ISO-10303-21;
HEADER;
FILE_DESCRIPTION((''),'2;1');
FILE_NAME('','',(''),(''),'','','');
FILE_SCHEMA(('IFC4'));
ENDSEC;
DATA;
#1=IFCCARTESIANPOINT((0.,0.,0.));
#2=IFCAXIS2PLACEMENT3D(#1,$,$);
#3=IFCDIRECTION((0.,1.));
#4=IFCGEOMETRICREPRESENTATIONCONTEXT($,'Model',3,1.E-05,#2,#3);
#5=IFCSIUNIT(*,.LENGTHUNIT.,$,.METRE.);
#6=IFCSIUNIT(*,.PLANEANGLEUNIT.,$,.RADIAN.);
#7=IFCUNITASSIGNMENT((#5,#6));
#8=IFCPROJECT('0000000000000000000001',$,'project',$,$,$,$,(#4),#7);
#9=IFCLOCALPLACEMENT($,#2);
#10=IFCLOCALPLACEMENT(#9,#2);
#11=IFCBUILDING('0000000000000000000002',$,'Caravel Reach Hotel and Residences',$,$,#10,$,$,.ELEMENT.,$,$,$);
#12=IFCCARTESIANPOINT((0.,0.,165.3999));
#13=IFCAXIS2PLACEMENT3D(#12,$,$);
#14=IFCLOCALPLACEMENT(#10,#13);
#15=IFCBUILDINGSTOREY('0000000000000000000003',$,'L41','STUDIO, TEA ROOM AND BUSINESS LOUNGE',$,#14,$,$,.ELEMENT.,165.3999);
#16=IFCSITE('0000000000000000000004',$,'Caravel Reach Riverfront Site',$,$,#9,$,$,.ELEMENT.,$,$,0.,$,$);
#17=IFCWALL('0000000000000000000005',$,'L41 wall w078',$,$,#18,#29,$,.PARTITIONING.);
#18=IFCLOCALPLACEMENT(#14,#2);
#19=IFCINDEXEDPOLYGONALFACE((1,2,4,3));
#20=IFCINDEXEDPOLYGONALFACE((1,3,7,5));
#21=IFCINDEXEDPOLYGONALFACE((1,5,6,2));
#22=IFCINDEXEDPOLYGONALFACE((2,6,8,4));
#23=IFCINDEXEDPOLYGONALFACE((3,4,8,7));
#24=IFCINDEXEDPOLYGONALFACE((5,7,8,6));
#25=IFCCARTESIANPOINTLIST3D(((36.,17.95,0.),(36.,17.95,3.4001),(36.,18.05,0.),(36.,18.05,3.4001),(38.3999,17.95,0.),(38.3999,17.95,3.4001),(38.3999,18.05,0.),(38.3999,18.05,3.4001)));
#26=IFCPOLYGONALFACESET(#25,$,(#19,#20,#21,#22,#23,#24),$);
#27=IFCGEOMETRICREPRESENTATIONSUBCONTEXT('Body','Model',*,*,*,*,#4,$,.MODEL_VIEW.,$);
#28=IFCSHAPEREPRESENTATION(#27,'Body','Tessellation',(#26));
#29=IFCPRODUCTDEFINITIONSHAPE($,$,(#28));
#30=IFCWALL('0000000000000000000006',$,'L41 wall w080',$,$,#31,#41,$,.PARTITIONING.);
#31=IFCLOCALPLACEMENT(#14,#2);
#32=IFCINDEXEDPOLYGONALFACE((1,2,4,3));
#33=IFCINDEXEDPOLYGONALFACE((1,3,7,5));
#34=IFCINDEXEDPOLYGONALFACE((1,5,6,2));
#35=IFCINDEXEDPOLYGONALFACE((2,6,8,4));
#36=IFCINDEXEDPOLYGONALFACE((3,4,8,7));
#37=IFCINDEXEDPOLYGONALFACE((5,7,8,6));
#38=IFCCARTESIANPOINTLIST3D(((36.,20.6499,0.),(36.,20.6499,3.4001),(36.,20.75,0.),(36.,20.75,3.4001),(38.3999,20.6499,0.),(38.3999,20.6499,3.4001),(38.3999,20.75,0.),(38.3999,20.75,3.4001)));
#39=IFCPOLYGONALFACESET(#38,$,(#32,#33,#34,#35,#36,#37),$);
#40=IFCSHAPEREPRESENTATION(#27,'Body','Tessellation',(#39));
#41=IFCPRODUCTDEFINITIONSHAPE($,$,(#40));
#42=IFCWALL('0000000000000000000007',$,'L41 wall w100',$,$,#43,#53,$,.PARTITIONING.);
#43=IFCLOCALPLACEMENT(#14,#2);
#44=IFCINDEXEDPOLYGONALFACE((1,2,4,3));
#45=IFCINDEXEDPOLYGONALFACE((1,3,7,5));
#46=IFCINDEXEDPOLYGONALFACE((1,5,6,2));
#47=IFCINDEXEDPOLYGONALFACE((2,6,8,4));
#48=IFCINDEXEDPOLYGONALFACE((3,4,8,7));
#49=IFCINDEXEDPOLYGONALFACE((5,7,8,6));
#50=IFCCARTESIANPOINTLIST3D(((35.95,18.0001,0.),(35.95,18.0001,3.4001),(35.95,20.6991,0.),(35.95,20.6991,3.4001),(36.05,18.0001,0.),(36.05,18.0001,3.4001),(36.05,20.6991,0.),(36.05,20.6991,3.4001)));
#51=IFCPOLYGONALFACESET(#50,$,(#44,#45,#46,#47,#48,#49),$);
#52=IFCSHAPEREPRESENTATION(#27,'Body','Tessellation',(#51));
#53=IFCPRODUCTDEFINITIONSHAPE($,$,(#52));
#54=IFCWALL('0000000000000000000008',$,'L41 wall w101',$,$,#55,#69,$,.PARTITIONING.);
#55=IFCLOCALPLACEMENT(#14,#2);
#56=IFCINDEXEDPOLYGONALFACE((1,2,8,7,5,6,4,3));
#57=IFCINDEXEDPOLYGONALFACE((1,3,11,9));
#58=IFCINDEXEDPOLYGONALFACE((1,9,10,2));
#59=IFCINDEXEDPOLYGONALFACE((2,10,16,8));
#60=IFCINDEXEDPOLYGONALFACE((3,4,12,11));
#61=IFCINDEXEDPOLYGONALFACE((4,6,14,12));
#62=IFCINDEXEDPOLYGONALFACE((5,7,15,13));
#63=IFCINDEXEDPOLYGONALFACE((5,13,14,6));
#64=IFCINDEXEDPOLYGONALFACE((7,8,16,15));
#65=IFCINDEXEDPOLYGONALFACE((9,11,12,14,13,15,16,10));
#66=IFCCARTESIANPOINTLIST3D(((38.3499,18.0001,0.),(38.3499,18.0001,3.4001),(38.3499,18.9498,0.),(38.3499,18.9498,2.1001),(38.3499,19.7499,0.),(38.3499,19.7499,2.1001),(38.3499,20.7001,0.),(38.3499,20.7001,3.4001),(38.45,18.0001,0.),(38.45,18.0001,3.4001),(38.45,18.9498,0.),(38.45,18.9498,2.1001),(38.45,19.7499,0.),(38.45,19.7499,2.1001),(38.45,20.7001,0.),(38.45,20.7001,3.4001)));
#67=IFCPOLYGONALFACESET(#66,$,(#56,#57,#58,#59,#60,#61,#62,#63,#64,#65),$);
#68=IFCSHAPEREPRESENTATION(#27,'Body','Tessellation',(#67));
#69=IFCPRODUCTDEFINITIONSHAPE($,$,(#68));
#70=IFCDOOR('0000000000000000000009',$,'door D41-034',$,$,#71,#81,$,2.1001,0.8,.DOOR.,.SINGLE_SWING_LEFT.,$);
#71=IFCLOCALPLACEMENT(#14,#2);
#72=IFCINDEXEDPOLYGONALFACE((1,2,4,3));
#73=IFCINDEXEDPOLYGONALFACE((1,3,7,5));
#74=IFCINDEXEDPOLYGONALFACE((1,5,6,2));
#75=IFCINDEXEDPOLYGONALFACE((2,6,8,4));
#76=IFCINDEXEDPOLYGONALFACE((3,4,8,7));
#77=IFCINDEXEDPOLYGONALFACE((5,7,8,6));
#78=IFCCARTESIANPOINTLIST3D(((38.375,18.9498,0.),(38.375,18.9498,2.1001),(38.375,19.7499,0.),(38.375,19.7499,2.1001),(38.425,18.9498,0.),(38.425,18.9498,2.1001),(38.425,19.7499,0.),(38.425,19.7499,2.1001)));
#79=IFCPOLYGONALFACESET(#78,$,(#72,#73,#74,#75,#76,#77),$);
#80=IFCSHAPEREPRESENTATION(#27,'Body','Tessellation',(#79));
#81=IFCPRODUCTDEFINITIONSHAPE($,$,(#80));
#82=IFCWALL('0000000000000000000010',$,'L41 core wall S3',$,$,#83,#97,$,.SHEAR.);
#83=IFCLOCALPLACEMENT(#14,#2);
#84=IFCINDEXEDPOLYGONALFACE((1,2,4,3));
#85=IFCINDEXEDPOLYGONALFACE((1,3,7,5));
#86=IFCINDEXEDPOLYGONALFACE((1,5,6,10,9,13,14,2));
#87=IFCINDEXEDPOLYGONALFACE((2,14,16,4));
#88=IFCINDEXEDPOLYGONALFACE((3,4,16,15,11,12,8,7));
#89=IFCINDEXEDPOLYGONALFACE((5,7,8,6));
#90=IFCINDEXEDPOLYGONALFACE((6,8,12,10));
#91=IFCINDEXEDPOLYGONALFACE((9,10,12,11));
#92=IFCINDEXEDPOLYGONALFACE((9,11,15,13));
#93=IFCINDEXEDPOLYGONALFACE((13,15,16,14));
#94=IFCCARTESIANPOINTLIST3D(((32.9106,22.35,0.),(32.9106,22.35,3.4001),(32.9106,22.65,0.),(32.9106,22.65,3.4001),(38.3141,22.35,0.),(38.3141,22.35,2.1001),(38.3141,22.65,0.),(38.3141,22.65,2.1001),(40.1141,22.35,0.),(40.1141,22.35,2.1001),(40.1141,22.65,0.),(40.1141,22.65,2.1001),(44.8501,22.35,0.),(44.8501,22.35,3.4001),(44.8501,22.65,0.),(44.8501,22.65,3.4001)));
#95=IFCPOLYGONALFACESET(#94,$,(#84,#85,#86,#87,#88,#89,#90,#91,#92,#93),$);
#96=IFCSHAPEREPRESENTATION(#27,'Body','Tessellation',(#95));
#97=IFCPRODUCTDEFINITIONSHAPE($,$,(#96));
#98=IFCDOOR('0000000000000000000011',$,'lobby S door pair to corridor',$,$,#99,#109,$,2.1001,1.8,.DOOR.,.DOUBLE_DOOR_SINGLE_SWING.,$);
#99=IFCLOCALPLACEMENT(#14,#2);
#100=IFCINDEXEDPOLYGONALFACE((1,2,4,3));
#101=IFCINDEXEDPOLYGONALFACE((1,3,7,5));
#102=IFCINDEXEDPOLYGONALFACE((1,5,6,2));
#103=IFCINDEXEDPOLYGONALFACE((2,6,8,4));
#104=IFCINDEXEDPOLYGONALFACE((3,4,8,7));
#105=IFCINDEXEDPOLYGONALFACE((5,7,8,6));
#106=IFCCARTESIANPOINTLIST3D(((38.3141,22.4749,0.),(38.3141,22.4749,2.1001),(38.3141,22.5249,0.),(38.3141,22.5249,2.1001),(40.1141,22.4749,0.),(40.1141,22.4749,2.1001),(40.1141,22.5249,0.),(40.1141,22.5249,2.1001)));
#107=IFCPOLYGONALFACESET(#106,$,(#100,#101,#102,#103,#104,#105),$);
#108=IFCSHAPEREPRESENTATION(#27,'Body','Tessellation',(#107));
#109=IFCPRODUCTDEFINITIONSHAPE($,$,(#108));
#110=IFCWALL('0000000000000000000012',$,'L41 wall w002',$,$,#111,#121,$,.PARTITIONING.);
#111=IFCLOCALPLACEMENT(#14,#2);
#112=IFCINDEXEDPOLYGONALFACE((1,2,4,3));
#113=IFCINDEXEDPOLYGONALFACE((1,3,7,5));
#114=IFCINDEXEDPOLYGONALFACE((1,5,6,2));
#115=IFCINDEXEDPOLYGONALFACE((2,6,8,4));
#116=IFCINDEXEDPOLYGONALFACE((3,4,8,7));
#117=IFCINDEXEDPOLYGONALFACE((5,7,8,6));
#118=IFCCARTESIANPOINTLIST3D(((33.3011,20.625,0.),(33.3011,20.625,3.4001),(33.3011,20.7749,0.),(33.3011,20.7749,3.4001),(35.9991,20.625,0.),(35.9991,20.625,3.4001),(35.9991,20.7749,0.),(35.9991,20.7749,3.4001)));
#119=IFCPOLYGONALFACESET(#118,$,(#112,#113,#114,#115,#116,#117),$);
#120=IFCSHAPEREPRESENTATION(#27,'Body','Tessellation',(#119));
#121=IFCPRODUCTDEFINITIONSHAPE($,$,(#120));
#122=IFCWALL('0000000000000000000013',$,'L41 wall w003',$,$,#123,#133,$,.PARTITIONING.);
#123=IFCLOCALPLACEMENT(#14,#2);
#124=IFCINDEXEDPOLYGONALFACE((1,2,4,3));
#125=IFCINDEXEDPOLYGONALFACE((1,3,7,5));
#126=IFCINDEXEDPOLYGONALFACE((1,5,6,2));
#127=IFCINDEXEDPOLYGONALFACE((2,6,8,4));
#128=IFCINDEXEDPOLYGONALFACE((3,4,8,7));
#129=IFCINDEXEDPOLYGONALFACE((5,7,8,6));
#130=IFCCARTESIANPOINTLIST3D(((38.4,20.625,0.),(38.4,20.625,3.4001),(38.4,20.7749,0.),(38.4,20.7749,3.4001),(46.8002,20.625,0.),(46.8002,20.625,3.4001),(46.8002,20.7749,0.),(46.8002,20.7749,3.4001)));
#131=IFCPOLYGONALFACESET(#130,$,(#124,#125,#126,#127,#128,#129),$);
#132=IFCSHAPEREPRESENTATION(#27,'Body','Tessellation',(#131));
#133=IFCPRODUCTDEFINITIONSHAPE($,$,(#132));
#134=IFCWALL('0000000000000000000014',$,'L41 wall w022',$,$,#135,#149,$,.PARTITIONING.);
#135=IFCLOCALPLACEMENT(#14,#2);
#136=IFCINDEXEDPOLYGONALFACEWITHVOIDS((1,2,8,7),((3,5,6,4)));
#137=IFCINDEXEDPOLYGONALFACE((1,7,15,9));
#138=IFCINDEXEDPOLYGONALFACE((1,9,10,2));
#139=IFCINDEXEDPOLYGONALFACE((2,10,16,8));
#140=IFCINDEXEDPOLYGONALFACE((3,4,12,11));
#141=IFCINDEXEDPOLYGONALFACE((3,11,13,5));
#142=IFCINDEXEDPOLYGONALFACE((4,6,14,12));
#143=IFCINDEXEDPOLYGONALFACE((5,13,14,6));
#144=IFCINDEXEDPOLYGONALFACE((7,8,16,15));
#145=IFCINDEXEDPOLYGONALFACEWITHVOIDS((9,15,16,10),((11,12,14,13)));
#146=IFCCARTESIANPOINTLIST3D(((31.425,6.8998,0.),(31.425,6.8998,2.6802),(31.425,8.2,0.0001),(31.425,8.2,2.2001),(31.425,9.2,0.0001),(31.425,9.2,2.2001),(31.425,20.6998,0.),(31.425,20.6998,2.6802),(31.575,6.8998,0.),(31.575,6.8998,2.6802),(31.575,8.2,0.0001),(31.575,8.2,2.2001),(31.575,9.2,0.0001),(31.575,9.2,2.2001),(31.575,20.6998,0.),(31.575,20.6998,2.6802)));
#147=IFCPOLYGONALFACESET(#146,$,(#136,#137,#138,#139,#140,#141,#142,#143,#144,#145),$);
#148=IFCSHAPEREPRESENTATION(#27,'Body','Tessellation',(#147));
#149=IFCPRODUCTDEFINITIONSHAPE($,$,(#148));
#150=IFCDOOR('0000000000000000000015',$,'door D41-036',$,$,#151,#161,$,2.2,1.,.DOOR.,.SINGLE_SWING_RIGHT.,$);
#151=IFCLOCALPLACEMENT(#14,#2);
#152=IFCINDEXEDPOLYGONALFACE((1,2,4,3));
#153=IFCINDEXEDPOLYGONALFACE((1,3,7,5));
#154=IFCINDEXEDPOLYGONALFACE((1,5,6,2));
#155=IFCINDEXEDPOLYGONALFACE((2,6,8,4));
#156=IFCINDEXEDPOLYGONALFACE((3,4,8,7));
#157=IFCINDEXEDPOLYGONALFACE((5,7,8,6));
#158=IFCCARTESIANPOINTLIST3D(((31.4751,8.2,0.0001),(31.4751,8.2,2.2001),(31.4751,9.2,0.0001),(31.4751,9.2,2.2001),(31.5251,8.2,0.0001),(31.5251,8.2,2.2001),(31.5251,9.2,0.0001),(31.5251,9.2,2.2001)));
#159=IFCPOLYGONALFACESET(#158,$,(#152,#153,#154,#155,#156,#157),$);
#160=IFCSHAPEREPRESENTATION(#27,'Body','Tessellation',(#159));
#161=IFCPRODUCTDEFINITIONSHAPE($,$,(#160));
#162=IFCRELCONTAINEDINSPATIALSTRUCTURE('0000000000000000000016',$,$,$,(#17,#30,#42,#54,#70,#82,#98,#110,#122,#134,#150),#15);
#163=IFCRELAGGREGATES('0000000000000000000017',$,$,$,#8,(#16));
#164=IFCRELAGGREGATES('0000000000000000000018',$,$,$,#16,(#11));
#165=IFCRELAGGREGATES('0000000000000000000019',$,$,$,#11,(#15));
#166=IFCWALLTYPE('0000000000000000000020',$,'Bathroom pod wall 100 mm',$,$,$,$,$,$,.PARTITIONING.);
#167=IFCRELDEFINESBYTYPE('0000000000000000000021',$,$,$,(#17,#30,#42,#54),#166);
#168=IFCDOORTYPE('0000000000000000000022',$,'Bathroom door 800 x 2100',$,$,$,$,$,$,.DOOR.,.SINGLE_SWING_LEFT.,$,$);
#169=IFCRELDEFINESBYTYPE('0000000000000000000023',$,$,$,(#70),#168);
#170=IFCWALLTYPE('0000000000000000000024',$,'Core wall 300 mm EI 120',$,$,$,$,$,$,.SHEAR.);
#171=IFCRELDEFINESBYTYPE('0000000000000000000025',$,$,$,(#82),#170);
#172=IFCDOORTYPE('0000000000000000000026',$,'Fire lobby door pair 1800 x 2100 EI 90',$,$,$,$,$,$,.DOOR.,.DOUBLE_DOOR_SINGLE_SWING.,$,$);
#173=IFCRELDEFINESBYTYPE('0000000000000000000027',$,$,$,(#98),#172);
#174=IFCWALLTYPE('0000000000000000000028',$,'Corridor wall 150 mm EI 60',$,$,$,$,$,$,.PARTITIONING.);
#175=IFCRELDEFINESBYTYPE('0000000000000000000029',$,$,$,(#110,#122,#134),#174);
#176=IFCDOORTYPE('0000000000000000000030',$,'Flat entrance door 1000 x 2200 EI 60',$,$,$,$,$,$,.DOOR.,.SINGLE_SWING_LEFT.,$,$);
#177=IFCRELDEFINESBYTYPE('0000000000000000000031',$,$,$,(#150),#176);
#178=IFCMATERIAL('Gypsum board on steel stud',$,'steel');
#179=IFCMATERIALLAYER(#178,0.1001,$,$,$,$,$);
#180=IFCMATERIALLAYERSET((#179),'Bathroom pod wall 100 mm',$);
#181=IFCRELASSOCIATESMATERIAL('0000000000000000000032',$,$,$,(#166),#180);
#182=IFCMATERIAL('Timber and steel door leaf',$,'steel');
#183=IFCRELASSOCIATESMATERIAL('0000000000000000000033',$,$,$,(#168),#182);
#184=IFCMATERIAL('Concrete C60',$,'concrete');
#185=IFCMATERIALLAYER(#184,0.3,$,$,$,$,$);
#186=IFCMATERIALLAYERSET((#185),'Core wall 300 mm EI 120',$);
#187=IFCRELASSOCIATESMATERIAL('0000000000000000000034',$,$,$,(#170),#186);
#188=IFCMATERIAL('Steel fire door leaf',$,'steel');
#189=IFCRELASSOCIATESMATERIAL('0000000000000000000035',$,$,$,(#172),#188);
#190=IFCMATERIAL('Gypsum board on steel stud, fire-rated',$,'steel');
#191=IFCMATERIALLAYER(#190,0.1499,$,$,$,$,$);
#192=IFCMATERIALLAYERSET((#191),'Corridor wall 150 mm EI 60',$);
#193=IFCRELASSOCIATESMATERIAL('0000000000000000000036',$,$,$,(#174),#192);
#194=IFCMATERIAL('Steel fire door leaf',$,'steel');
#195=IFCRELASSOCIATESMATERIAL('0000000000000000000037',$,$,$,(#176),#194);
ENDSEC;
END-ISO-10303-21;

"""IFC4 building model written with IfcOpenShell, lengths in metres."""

from ifc_helpers import new_model, si_unit, direction, frame, frame_2d, origin, place, context, subcontext, project, spatial, rectangle, extrude, material, layer, layer_set, type_object, element, fill, save


model = new_model("IFC4")

# Units and contexts
model_context = context("Model", 3, precision=1e-05, world=origin(), true_north=direction((0.0, 1.0)))
body_context = subcontext(model_context, "Body", "Model", "MODEL_VIEW")
ifc_project = project(units=[si_unit("LENGTHUNIT", "METRE"), si_unit("PLANEANGLEUNIT", "RADIAN")], contexts=[model_context])

# Site, building, storey
site_placement = place(None, origin())
site = spatial("IfcSite", under=ifc_project, at=site_placement, Name="Caravel Reach Riverfront Site", CompositionType="ELEMENT", RefElevation=0.0)
building_placement = place(site_placement, origin())
building = spatial("IfcBuilding", under=site, at=building_placement, Name="Caravel Reach Hotel and Residences", CompositionType="ELEMENT")
storey_placement = place(building_placement, frame((0.0, 0.0, 165.3999)))
storey = spatial("IfcBuildingStorey", under=building, at=storey_placement, Name="L41", Description="STUDIO, TEA ROOM AND BUSINESS LOUNGE", CompositionType="ELEMENT", Elevation=165.3999)

# Walls
ifc_material_1 = material(Name="Gypsum board on steel stud", Category="steel")
ifc_layer_1 = layer(ifc_material_1, 0.1001)
ifc_layer_set_1 = layer_set([ifc_layer_1], Name="Bathroom pod wall 100 mm")
wall_type_1 = type_object("IfcWallType", Name="Bathroom pod wall 100 mm", PredefinedType="PARTITIONING", material=ifc_layer_set_1)
for number, where, z_axis, x_axis, name in (
    (1, (36.0, 18.0, 0.0), (0.0, 0.0, 1.0), (1.0, 0.0, 0.0), "L41 wall w078"),
    (2, (36.0, 20.7, 0.0), (0.0, 0.0, 1.0), (1.0, 0.0, 0.0), "L41 wall w080"),
):
    element("IfcWall", number, at=place(storey_placement, frame(where, z_axis=z_axis, x_axis=x_axis)), inside=storey, type_object=wall_type_1, Name=name, PredefinedType="PARTITIONING", context=body_context, shape_type="SweptSolid", body=[
        extrude(rectangle(XDim=2.3999, YDim=0.1001, at=frame_2d((1.2, 0.0))), origin(), (0.0, 0.0, 1.0), 3.4001),
    ])
wall_1_placement = place(storey_placement, frame((36.0, 18.0, 0.0), z_axis=(0.0, 0.0, 1.0), x_axis=(0.0, 1.0, 0.0)))
element("IfcWall", 3, at=wall_1_placement, inside=storey, type_object=wall_type_1, Name="L41 wall w100", PredefinedType="PARTITIONING", context=body_context, shape_type="SweptSolid", body=[
    extrude(rectangle(XDim=2.699, YDim=0.1001, at=frame_2d((1.3496, 0.0))), origin(), (0.0, 0.0, 1.0), 3.4001),
])

# Walls, openings, doors
wall_2_placement = place(storey_placement, frame((38.3999, 18.0, 0.0), z_axis=(0.0, 0.0, 1.0), x_axis=(0.0, 1.0, 0.0)))
wall_2 = element("IfcWall", 4, at=wall_2_placement, inside=storey, type_object=wall_type_1, Name="L41 wall w101", PredefinedType="PARTITIONING", context=body_context, shape_type="SweptSolid", body=[
    extrude(rectangle(XDim=2.7, YDim=0.1001, at=frame_2d((1.3501, 0.0))), origin(), (0.0, 0.0, 1.0), 3.4001),
])
opening_1_placement = place(wall_2_placement, frame((0.95, 0.0, 0.0)))
opening_1 = element("IfcOpeningElement", 5, at=opening_1_placement, cuts=wall_2, PredefinedType="OPENING", context=body_context, shape_type="SweptSolid", body=[
    extrude(rectangle(XDim=0.8, YDim=2.1001, at=frame_2d((0.3999, 1.05))), frame((0.0, 0.0601, 0.0), z_axis=(0.0, -1.0, 0.0), x_axis=(1.0, 0.0, 0.0)), (0.0, 0.0, 1.0), 0.1201),
])
ifc_material_2 = material(Name="Timber and steel door leaf", Category="steel")
door_type_1 = type_object("IfcDoorType", Name="Bathroom door 800 x 2100", OperationType="SINGLE_SWING_LEFT", PredefinedType="DOOR", material=ifc_material_2)
door_1_placement = place(opening_1_placement, origin())
door_1 = element("IfcDoor", 6, at=door_1_placement, inside=storey, type_object=door_type_1, Name="door D41-034", OperationType="SINGLE_SWING_LEFT", OverallHeight=2.1001, OverallWidth=0.8, PredefinedType="DOOR", context=body_context, shape_type="SweptSolid", body=[
    extrude(rectangle(XDim=0.8, YDim=2.1001, at=frame_2d((0.3999, 1.05))), frame((0.0, 0.0249, 0.0), z_axis=(0.0, -1.0, 0.0), x_axis=(1.0, 0.0, 0.0)), (0.0, 0.0, 1.0), 0.05),
])
fill(opening_1, door_1)
ifc_material_3 = material(Name="Concrete C60", Category="concrete")
ifc_layer_2 = layer(ifc_material_3, 0.3)
ifc_layer_set_2 = layer_set([ifc_layer_2], Name="Core wall 300 mm EI 120")
wall_type_2 = type_object("IfcWallType", Name="Core wall 300 mm EI 120", PredefinedType="SHEAR", material=ifc_layer_set_2)
wall_3_placement = place(storey_placement, frame((32.9106, 22.5, 0.0), z_axis=(0.0, 0.0, 1.0), x_axis=(1.0, 0.0, 0.0)))
wall_3 = element("IfcWall", 7, at=wall_3_placement, inside=storey, type_object=wall_type_2, Name="L41 core wall S3", PredefinedType="SHEAR", context=body_context, shape_type="SweptSolid", body=[
    extrude(rectangle(XDim=11.9395, YDim=0.3, at=frame_2d((5.9697, 0.0))), origin(), (0.0, 0.0, 1.0), 3.4001),
])
opening_2_placement = place(wall_3_placement, frame((5.4036, 0.0, 0.0)))
opening_2 = element("IfcOpeningElement", 8, at=opening_2_placement, cuts=wall_3, PredefinedType="OPENING", context=body_context, shape_type="SweptSolid", body=[
    extrude(rectangle(XDim=1.8, YDim=2.1001, at=frame_2d((0.8999, 1.05))), frame((0.0, 0.1599, 0.0), z_axis=(0.0, -1.0, 0.0), x_axis=(1.0, 0.0, 0.0)), (0.0, 0.0, 1.0), 0.3201),
])
ifc_material_4 = material(Name="Steel fire door leaf", Category="steel")
door_type_2 = type_object("IfcDoorType", Name="Fire lobby door pair 1800 x 2100 EI 90", OperationType="DOUBLE_DOOR_SINGLE_SWING", PredefinedType="DOOR", material=ifc_material_4)
door_2_placement = place(opening_2_placement, origin())
door_2 = element("IfcDoor", 9, at=door_2_placement, inside=storey, type_object=door_type_2, Name="lobby S door pair to corridor", OperationType="DOUBLE_DOOR_SINGLE_SWING", OverallHeight=2.1001, OverallWidth=1.8, PredefinedType="DOOR", context=body_context, shape_type="SweptSolid", body=[
    extrude(rectangle(XDim=1.8, YDim=2.1001, at=frame_2d((0.8999, 1.05))), frame((0.0, 0.0249, 0.0), z_axis=(0.0, -1.0, 0.0), x_axis=(1.0, 0.0, 0.0)), (0.0, 0.0, 1.0), 0.05),
])
fill(opening_2, door_2)

# Walls
ifc_material_5 = material(Name="Gypsum board on steel stud, fire-rated", Category="steel")
ifc_layer_3 = layer(ifc_material_5, 0.1499)
ifc_layer_set_3 = layer_set([ifc_layer_3], Name="Corridor wall 150 mm EI 60")
wall_type_3 = type_object("IfcWallType", Name="Corridor wall 150 mm EI 60", PredefinedType="PARTITIONING", material=ifc_layer_set_3)
wall_4_placement = place(storey_placement, frame((33.301, 20.7, 0.0), z_axis=(0.0, 0.0, 1.0), x_axis=(1.0, 0.0, 0.0)))
element("IfcWall", 10, at=wall_4_placement, inside=storey, type_object=wall_type_3, Name="L41 wall w002", PredefinedType="PARTITIONING", context=body_context, shape_type="SweptSolid", body=[
    extrude(rectangle(XDim=2.698, YDim=0.1499, at=frame_2d((1.3491, 0.0))), origin(), (0.0, 0.0, 1.0), 3.4001),
])
wall_5_placement = place(storey_placement, frame((38.3999, 20.7, 0.0), z_axis=(0.0, 0.0, 1.0), x_axis=(1.0, 0.0, 0.0)))
element("IfcWall", 11, at=wall_5_placement, inside=storey, type_object=wall_type_3, Name="L41 wall w003", PredefinedType="PARTITIONING", context=body_context, shape_type="SweptSolid", body=[
    extrude(rectangle(XDim=8.4001, YDim=0.1499, at=frame_2d((4.2002, 0.0))), origin(), (0.0, 0.0, 1.0), 3.4001),
])

# Wall, opening, door
wall_6_placement = place(storey_placement, frame((31.5, 6.8999, 0.0), z_axis=(0.0, 0.0, 1.0), x_axis=(0.0, 1.0, 0.0)))
wall_6 = element("IfcWall", 12, at=wall_6_placement, inside=storey, type_object=wall_type_3, Name="L41 wall w022", PredefinedType="PARTITIONING", context=body_context, shape_type="SweptSolid", body=[
    extrude(rectangle(XDim=13.8, YDim=0.1499, at=frame_2d((6.8999, 0.0))), origin(), (0.0, 0.0, 1.0), 2.6802),
])
opening_3_placement = place(wall_6_placement, frame((1.3, 0.0, 0.0)))
opening_3 = element("IfcOpeningElement", 13, at=opening_3_placement, cuts=wall_6, PredefinedType="OPENING", context=body_context, shape_type="SweptSolid", body=[
    extrude(rectangle(XDim=1.0, YDim=2.2, at=frame_2d((0.5, 1.1001))), frame((0.0, 0.085, 0.0), z_axis=(0.0, -1.0, 0.0), x_axis=(1.0, 0.0, 0.0)), (0.0, 0.0, 1.0), 0.1699),
])
ifc_material_6 = material(Name="Steel fire door leaf", Category="steel")
door_type_3 = type_object("IfcDoorType", Name="Flat entrance door 1000 x 2200 EI 60", OperationType="SINGLE_SWING_LEFT", PredefinedType="DOOR", material=ifc_material_6)
door_3_placement = place(opening_3_placement, origin())
door_3 = element("IfcDoor", 14, at=door_3_placement, inside=storey, type_object=door_type_3, Name="door D41-036", OperationType="SINGLE_SWING_RIGHT", OverallHeight=2.2, OverallWidth=1.0, PredefinedType="DOOR", context=body_context, shape_type="SweptSolid", body=[
    extrude(rectangle(XDim=1.0, YDim=2.2, at=frame_2d((0.5, 1.1001))), frame((0.0, 0.0249, 0.0), z_axis=(0.0, -1.0, 0.0), x_axis=(1.0, 0.0, 0.0)), (0.0, 0.0, 1.0), 0.05),
])
fill(opening_3, door_3)

save(model, "model.ifc")
